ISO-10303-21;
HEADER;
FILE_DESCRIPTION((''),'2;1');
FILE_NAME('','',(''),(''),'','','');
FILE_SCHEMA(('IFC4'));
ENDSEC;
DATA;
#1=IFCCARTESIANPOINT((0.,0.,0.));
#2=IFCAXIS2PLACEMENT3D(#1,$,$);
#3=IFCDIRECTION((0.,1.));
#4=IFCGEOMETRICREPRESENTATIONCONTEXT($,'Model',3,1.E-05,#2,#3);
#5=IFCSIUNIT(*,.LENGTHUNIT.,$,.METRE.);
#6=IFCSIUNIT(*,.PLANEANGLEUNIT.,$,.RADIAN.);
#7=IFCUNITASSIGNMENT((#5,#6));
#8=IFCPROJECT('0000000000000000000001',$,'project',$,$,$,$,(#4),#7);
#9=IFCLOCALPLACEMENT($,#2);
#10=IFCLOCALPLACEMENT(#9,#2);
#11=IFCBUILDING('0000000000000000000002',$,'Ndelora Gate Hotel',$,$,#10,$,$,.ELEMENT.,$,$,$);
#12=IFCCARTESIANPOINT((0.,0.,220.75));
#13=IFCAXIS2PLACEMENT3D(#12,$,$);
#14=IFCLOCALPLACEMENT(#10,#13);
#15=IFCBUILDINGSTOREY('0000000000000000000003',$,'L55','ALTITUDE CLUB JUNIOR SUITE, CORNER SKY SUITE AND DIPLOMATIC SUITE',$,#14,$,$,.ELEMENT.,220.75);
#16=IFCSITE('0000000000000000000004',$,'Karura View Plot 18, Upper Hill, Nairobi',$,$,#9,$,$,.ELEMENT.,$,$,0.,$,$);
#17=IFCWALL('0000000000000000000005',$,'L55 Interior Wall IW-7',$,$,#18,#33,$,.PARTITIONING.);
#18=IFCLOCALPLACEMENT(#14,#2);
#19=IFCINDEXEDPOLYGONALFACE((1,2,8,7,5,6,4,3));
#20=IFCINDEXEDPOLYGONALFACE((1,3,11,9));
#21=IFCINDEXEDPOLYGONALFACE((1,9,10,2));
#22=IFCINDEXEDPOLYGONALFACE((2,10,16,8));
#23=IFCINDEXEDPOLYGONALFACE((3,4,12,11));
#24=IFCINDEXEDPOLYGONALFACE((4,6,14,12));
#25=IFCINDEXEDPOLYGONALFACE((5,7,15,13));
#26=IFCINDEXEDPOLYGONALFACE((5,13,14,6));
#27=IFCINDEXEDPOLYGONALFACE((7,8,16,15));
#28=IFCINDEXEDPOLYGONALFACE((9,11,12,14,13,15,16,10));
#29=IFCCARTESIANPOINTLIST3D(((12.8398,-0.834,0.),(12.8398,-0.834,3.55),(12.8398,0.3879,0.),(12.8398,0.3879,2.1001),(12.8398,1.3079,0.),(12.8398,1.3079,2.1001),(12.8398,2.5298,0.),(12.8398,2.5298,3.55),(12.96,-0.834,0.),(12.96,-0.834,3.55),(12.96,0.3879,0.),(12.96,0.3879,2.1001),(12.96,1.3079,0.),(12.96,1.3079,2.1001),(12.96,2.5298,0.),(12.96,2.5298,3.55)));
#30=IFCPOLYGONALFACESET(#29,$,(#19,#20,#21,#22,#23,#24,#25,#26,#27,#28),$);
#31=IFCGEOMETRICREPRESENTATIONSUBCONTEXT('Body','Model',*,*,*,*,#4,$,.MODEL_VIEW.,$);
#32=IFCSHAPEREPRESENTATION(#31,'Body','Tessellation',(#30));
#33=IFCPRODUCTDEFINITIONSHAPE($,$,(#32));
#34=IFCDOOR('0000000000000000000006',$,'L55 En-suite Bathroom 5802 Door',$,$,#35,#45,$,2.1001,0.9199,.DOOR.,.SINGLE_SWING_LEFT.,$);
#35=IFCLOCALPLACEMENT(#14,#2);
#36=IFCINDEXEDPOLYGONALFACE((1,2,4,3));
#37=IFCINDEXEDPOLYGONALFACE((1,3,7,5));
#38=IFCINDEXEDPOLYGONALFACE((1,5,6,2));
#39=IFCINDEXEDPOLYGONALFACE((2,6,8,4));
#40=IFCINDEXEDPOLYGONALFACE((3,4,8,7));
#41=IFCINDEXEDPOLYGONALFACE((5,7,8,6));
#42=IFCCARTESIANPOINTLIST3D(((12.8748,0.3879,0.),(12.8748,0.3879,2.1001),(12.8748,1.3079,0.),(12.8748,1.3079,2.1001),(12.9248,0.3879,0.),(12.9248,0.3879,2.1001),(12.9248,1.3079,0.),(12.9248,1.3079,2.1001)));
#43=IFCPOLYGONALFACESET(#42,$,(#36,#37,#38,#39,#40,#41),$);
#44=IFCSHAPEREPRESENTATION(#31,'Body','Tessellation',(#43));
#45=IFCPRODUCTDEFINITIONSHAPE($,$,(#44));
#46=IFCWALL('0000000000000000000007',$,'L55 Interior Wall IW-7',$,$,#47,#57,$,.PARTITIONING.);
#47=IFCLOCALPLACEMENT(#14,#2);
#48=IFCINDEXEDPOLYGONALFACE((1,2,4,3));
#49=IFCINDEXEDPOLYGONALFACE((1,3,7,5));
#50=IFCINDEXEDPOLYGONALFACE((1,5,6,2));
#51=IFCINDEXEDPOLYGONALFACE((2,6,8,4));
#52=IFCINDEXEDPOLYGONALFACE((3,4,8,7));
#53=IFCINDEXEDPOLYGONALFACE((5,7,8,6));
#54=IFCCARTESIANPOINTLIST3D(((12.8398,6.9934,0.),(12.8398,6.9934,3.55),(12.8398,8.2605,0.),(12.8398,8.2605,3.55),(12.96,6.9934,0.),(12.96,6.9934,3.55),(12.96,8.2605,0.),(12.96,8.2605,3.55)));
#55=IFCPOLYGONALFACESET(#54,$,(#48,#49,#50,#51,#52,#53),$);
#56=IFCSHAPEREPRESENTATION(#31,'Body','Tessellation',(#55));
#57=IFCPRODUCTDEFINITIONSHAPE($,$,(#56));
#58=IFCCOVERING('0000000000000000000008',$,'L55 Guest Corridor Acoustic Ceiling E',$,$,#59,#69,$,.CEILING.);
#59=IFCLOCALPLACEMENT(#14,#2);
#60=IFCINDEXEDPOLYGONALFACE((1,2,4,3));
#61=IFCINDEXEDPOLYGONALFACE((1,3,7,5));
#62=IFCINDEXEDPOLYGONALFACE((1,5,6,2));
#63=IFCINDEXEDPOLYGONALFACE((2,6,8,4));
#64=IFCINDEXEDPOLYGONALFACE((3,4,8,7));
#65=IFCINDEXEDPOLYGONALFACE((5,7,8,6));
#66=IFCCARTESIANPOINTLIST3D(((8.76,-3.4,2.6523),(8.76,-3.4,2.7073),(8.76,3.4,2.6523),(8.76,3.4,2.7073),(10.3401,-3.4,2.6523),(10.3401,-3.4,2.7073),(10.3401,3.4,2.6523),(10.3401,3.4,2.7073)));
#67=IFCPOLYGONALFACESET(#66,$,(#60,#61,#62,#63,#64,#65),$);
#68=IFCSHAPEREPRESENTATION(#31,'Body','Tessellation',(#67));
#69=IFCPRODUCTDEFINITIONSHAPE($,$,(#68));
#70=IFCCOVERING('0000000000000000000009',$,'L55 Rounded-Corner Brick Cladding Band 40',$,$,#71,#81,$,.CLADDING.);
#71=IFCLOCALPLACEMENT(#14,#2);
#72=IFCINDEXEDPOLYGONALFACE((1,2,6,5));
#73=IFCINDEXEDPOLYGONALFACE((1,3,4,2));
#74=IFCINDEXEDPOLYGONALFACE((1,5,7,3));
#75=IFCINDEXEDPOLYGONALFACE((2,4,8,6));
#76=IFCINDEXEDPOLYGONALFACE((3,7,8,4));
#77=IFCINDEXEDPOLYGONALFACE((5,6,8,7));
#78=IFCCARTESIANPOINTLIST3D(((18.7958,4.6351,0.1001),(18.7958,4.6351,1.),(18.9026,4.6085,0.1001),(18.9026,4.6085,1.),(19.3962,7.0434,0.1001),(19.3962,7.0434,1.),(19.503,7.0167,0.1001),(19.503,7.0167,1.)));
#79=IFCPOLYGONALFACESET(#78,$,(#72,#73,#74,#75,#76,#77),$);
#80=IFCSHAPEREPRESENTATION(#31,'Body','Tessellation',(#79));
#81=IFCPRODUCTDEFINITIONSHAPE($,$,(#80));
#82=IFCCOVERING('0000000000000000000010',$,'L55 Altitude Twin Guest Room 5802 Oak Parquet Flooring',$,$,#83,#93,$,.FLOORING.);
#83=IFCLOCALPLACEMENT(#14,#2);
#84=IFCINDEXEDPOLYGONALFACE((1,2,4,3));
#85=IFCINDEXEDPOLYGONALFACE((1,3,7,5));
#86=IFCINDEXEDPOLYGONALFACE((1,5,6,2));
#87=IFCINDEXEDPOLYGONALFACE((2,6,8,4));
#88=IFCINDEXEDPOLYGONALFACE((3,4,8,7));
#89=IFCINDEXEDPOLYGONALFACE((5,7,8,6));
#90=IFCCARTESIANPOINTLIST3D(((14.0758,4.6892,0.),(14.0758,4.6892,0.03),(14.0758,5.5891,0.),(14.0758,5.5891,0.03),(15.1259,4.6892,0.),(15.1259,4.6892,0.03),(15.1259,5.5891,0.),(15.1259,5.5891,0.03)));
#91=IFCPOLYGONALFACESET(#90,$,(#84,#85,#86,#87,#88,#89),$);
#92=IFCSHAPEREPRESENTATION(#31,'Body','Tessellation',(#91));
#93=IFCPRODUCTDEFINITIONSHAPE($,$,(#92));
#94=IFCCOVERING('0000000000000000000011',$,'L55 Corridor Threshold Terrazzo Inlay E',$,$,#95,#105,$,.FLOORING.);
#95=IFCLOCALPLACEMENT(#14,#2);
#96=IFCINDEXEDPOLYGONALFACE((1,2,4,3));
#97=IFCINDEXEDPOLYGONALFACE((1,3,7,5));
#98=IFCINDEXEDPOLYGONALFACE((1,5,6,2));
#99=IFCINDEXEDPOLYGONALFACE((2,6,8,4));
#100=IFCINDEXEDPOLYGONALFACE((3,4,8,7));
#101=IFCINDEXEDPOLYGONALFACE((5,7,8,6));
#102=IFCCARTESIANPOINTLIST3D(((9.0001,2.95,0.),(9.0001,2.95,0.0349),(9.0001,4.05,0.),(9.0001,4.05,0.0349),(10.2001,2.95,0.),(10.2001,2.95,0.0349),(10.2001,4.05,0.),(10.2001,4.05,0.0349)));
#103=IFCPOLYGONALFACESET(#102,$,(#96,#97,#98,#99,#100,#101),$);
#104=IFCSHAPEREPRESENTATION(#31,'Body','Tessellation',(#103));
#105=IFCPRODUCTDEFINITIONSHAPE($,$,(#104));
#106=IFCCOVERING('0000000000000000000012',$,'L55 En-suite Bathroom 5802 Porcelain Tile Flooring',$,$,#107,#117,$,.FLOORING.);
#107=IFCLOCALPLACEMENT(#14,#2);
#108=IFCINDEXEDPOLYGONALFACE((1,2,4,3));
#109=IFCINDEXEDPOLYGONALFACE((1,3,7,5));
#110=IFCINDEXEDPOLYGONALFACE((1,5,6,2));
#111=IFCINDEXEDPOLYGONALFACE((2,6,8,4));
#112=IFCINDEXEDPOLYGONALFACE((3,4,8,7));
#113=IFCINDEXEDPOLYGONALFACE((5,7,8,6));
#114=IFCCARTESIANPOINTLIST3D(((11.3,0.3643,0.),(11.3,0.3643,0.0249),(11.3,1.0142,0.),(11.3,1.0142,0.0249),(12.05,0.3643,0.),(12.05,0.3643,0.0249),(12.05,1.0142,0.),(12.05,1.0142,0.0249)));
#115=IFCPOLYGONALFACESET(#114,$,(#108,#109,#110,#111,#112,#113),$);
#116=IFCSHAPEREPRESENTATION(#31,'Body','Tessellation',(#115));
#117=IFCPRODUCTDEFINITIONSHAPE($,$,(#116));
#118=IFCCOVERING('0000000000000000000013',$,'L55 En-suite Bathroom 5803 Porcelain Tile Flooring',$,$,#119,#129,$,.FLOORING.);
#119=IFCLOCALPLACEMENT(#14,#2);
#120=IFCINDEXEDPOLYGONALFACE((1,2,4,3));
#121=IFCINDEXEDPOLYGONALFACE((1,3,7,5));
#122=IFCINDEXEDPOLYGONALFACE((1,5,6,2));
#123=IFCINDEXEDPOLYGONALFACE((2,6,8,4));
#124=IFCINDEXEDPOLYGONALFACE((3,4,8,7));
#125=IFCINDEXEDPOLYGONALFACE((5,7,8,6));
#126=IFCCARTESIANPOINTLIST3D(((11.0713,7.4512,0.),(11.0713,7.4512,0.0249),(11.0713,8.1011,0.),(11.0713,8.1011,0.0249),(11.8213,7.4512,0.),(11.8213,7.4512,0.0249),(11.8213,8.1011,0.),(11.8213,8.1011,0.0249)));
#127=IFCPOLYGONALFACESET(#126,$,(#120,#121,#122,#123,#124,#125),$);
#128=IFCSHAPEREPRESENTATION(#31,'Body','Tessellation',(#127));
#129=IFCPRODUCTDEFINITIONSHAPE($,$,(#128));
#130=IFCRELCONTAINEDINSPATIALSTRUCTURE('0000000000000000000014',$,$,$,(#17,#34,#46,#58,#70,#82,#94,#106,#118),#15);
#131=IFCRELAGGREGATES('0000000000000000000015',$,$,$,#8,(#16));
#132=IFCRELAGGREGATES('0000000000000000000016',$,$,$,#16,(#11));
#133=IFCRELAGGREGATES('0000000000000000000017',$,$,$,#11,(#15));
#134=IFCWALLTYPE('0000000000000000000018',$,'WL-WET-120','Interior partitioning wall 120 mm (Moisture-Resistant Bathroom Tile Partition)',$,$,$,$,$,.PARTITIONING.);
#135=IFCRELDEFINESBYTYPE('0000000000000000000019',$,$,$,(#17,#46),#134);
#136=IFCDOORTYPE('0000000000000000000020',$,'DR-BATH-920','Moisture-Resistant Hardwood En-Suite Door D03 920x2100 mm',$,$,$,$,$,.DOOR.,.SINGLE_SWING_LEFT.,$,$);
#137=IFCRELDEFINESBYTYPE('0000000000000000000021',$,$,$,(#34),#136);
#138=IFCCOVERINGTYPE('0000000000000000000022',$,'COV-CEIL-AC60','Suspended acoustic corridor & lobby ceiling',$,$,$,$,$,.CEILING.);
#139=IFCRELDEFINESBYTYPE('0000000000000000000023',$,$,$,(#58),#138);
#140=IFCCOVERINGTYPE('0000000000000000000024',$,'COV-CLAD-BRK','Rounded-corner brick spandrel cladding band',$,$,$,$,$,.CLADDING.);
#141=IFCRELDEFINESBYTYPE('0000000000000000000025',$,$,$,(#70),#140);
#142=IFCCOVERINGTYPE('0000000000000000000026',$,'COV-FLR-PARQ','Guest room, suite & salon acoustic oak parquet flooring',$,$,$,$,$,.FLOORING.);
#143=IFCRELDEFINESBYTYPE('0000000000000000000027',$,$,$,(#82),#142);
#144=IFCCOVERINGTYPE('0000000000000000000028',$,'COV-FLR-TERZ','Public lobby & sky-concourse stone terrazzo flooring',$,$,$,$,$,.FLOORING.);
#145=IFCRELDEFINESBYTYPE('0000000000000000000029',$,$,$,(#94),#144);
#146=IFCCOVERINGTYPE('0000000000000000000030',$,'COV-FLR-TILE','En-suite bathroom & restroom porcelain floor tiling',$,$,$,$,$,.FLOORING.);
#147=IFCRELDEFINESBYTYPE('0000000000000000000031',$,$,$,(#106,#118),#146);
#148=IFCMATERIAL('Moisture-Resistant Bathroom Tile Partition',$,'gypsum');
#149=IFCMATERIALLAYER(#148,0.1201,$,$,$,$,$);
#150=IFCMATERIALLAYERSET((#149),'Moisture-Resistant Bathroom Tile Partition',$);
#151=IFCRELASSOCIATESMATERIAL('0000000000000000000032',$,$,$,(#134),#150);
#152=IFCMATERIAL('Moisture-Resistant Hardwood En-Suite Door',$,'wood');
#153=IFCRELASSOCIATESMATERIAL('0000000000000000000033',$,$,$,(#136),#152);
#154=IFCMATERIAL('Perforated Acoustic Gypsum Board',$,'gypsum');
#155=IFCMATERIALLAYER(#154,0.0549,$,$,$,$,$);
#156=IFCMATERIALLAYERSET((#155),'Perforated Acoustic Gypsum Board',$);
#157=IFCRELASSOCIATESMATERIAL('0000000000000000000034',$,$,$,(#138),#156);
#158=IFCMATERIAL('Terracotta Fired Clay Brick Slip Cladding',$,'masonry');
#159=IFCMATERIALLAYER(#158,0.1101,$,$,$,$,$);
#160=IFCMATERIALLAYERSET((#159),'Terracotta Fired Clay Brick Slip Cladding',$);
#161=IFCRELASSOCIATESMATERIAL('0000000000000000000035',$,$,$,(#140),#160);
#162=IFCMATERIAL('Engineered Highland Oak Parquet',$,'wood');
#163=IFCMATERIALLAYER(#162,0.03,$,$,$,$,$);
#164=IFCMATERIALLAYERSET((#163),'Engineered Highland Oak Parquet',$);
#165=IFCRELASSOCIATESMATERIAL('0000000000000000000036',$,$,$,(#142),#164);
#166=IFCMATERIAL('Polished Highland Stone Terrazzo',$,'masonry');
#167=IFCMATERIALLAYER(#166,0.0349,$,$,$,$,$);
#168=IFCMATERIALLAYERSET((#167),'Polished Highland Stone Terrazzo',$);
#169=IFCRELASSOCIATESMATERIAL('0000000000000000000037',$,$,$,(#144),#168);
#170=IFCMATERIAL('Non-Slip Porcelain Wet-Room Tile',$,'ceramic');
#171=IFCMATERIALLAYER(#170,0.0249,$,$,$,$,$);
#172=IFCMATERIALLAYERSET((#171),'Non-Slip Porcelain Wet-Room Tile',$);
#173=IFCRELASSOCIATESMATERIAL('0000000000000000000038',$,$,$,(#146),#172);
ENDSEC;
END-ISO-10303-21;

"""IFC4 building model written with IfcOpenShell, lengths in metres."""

from ifc_helpers import new_model, si_unit, direction, frame, frame_2d, origin, origin_2d, place, context, subcontext, project, spatial, rectangle, extrude, material, layer, layer_set, type_object, element, fill, save


model = new_model("IFC4")

# Units and contexts
model_context = context("Model", 3, precision=1e-05, world=origin(), true_north=direction((0.0, 1.0)))
body_context = subcontext(model_context, "Body", "Model", "MODEL_VIEW")
ifc_project = project(units=[si_unit("LENGTHUNIT", "METRE"), si_unit("PLANEANGLEUNIT", "RADIAN")], contexts=[model_context])

# Site, building, storey
site_placement = place(None, origin())
site = spatial("IfcSite", under=ifc_project, at=site_placement, Name="Karura View Plot 18, Upper Hill, Nairobi", CompositionType="ELEMENT", RefElevation=0.0)
building_placement = place(site_placement, origin())
building = spatial("IfcBuilding", under=site, at=building_placement, Name="Ndelora Gate Hotel", CompositionType="ELEMENT")
storey_placement = place(building_placement, frame((0.0, 0.0, 220.75)))
storey = spatial("IfcBuildingStorey", under=building, at=storey_placement, Name="L55", Description="ALTITUDE CLUB JUNIOR SUITE, CORNER SKY SUITE AND DIPLOMATIC SUITE", CompositionType="ELEMENT", Elevation=220.75)

# Shared definitions
ifc_material_1 = material(Name="Moisture-Resistant Bathroom Tile Partition", Category="gypsum")
ifc_layer_1 = layer(ifc_material_1, 0.1201)
ifc_layer_set_1 = layer_set([ifc_layer_1], Name="Moisture-Resistant Bathroom Tile Partition")
wall_type_1 = type_object("IfcWallType", Name="WL-WET-120", Description="Interior partitioning wall 120 mm (Moisture-Resistant Bathroom Tile Partition)", PredefinedType="PARTITIONING", material=ifc_layer_set_1)

# Wall, opening, door
wall_1_placement = place(storey_placement, frame((12.8999, 2.5298, 0.0), z_axis=(0.0, 0.0, 1.0), x_axis=(0.0, -1.0, 0.0)))
wall_1 = element("IfcWall", 1, at=wall_1_placement, inside=storey, type_object=wall_type_1, Name="L55 Interior Wall IW-7", PredefinedType="PARTITIONING", context=body_context, shape_type="SweptSolid", body=[
    extrude(rectangle(XDim=3.3638, YDim=0.1201, at=frame_2d((1.6819, 0.0))), origin(), (0.0, 0.0, 1.0), 3.55),
])
opening_1_placement = place(wall_1_placement, frame((1.2219, 0.0, 0.0)))
opening_1 = element("IfcOpeningElement", 2, at=opening_1_placement, cuts=wall_1, PredefinedType="OPENING", context=body_context, shape_type="SweptSolid", body=[
    extrude(rectangle(XDim=0.9199, YDim=2.1001, at=frame_2d((0.46, 1.05))), frame((0.0, 0.0701, 0.0), z_axis=(0.0, -1.0, 0.0), x_axis=(1.0, 0.0, 0.0)), (0.0, 0.0, 1.0), 0.1401),
])
ifc_material_2 = material(Name="Moisture-Resistant Hardwood En-Suite Door", Category="wood")
door_type_1 = type_object("IfcDoorType", Name="DR-BATH-920", Description="Moisture-Resistant Hardwood En-Suite Door D03 920x2100 mm", OperationType="SINGLE_SWING_LEFT", PredefinedType="DOOR", material=ifc_material_2)
door_1_placement = place(opening_1_placement, origin())
door_1 = element("IfcDoor", 3, at=door_1_placement, inside=storey, type_object=door_type_1, Name="L55 En-suite Bathroom 5802 Door", OperationType="SINGLE_SWING_LEFT", OverallHeight=2.1001, OverallWidth=0.9199, PredefinedType="DOOR", context=body_context, shape_type="SweptSolid", body=[
    extrude(rectangle(XDim=0.9199, YDim=2.1001, at=frame_2d((0.46, 1.05))), frame((0.0, 0.0249, 0.0), z_axis=(0.0, -1.0, 0.0), x_axis=(1.0, 0.0, 0.0)), (0.0, 0.0, 1.0), 0.05),
])
fill(opening_1, door_1)

# Wall
wall_2_placement = place(storey_placement, frame((12.8999, 6.9934, 0.0), z_axis=(0.0, 0.0, 1.0), x_axis=(0.0, 1.0, 0.0)))
element("IfcWall", 4, at=wall_2_placement, inside=storey, type_object=wall_type_1, Name="L55 Interior Wall IW-7", PredefinedType="PARTITIONING", context=body_context, shape_type="SweptSolid", body=[
    extrude(rectangle(XDim=1.2671, YDim=0.1201, at=frame_2d((0.6335, 0.0))), origin(), (0.0, 0.0, 1.0), 3.55),
])

# Coverings
ifc_material_3 = material(Name="Perforated Acoustic Gypsum Board", Category="gypsum")
ifc_layer_2 = layer(ifc_material_3, 0.0549)
ifc_layer_set_2 = layer_set([ifc_layer_2], Name="Perforated Acoustic Gypsum Board")
covering_type_1 = type_object("IfcCoveringType", Name="COV-CEIL-AC60", Description="Suspended acoustic corridor & lobby ceiling", PredefinedType="CEILING", material=ifc_layer_set_2)
covering_1_placement = place(storey_placement, frame((9.55, 0.0, 2.6523), z_axis=(0.0, 0.0, 1.0), x_axis=(1.0, 0.0, 0.0)))
element("IfcCovering", 5, at=covering_1_placement, inside=storey, type_object=covering_type_1, Name="L55 Guest Corridor Acoustic Ceiling E", PredefinedType="CEILING", context=body_context, shape_type="SweptSolid", body=[
    extrude(rectangle(XDim=1.5801, YDim=6.8, at=origin_2d()), origin(), (0.0, 0.0, 1.0), 0.0549),
])
ifc_material_4 = material(Name="Terracotta Fired Clay Brick Slip Cladding", Category="masonry")
ifc_layer_3 = layer(ifc_material_4, 0.1101)
ifc_layer_set_3 = layer_set([ifc_layer_3], Name="Terracotta Fired Clay Brick Slip Cladding")
covering_type_2 = type_object("IfcCoveringType", Name="COV-CLAD-BRK", Description="Rounded-corner brick spandrel cladding band", PredefinedType="CLADDING", material=ifc_layer_set_3)
covering_2_placement = place(storey_placement, frame((19.1494, 5.8259, 0.1001), z_axis=(0.0, 0.0, 1.0), x_axis=(0.241922, 0.970296, 0.0)))
element("IfcCovering", 6, at=covering_2_placement, inside=storey, type_object=covering_type_2, Name="L55 Rounded-Corner Brick Cladding Band 40", PredefinedType="CLADDING", context=body_context, shape_type="SweptSolid", body=[
    extrude(rectangle(XDim=2.4819, YDim=0.1101, at=origin_2d()), origin(), (0.0, 0.0, 1.0), 0.8999),
])
ifc_material_5 = material(Name="Engineered Highland Oak Parquet", Category="wood")
ifc_layer_4 = layer(ifc_material_5, 0.03)
ifc_layer_set_4 = layer_set([ifc_layer_4], Name="Engineered Highland Oak Parquet")
covering_type_3 = type_object("IfcCoveringType", Name="COV-FLR-PARQ", Description="Guest room, suite & salon acoustic oak parquet flooring", PredefinedType="FLOORING", material=ifc_layer_set_4)
covering_3_placement = place(storey_placement, frame((14.6008, 5.1392, 0.0), z_axis=(0.0, 0.0, 1.0), x_axis=(1.0, 0.0, 0.0)))
element("IfcCovering", 7, at=covering_3_placement, inside=storey, type_object=covering_type_3, Name="L55 Altitude Twin Guest Room 5802 Oak Parquet Flooring", PredefinedType="FLOORING", context=body_context, shape_type="SweptSolid", body=[
    extrude(rectangle(XDim=1.05, YDim=0.8999, at=origin_2d()), origin(), (0.0, 0.0, 1.0), 0.03),
])
ifc_material_6 = material(Name="Polished Highland Stone Terrazzo", Category="masonry")
ifc_layer_5 = layer(ifc_material_6, 0.0349)
ifc_layer_set_5 = layer_set([ifc_layer_5], Name="Polished Highland Stone Terrazzo")
covering_type_4 = type_object("IfcCoveringType", Name="COV-FLR-TERZ", Description="Public lobby & sky-concourse stone terrazzo flooring", PredefinedType="FLOORING", material=ifc_layer_set_5)
covering_4_placement = place(storey_placement, frame((9.6001, 3.5, 0.0), z_axis=(0.0, 0.0, 1.0), x_axis=(1.0, 0.0, 0.0)))
element("IfcCovering", 8, at=covering_4_placement, inside=storey, type_object=covering_type_4, Name="L55 Corridor Threshold Terrazzo Inlay E", PredefinedType="FLOORING", context=body_context, shape_type="SweptSolid", body=[
    extrude(rectangle(XDim=1.2, YDim=1.1001, at=origin_2d()), origin(), (0.0, 0.0, 1.0), 0.0349),
])
ifc_material_7 = material(Name="Non-Slip Porcelain Wet-Room Tile", Category="ceramic")
ifc_layer_6 = layer(ifc_material_7, 0.0249)
ifc_layer_set_6 = layer_set([ifc_layer_6], Name="Non-Slip Porcelain Wet-Room Tile")
covering_type_5 = type_object("IfcCoveringType", Name="COV-FLR-TILE", Description="En-suite bathroom & restroom porcelain floor tiling", PredefinedType="FLOORING", material=ifc_layer_set_6)
for number, where, z_axis, x_axis, name in (
    (9, (11.675, 0.6892, 0.0), (0.0, 0.0, 1.0), (1.0, 0.0, 0.0), "L55 En-suite Bathroom 5802 Porcelain Tile Flooring"),
    (10, (11.4463, 7.7761, 0.0), (0.0, 0.0, 1.0), (1.0, 0.0, 0.0), "L55 En-suite Bathroom 5803 Porcelain Tile Flooring"),
):
    element("IfcCovering", number, at=place(storey_placement, frame(where, z_axis=z_axis, x_axis=x_axis)), inside=storey, type_object=covering_type_5, Name=name, PredefinedType="FLOORING", context=body_context, shape_type="SweptSolid", body=[
        extrude(rectangle(XDim=0.75, YDim=0.6499, at=origin_2d()), origin(), (0.0, 0.0, 1.0), 0.0249),
    ])

save(model, "model.ifc")
